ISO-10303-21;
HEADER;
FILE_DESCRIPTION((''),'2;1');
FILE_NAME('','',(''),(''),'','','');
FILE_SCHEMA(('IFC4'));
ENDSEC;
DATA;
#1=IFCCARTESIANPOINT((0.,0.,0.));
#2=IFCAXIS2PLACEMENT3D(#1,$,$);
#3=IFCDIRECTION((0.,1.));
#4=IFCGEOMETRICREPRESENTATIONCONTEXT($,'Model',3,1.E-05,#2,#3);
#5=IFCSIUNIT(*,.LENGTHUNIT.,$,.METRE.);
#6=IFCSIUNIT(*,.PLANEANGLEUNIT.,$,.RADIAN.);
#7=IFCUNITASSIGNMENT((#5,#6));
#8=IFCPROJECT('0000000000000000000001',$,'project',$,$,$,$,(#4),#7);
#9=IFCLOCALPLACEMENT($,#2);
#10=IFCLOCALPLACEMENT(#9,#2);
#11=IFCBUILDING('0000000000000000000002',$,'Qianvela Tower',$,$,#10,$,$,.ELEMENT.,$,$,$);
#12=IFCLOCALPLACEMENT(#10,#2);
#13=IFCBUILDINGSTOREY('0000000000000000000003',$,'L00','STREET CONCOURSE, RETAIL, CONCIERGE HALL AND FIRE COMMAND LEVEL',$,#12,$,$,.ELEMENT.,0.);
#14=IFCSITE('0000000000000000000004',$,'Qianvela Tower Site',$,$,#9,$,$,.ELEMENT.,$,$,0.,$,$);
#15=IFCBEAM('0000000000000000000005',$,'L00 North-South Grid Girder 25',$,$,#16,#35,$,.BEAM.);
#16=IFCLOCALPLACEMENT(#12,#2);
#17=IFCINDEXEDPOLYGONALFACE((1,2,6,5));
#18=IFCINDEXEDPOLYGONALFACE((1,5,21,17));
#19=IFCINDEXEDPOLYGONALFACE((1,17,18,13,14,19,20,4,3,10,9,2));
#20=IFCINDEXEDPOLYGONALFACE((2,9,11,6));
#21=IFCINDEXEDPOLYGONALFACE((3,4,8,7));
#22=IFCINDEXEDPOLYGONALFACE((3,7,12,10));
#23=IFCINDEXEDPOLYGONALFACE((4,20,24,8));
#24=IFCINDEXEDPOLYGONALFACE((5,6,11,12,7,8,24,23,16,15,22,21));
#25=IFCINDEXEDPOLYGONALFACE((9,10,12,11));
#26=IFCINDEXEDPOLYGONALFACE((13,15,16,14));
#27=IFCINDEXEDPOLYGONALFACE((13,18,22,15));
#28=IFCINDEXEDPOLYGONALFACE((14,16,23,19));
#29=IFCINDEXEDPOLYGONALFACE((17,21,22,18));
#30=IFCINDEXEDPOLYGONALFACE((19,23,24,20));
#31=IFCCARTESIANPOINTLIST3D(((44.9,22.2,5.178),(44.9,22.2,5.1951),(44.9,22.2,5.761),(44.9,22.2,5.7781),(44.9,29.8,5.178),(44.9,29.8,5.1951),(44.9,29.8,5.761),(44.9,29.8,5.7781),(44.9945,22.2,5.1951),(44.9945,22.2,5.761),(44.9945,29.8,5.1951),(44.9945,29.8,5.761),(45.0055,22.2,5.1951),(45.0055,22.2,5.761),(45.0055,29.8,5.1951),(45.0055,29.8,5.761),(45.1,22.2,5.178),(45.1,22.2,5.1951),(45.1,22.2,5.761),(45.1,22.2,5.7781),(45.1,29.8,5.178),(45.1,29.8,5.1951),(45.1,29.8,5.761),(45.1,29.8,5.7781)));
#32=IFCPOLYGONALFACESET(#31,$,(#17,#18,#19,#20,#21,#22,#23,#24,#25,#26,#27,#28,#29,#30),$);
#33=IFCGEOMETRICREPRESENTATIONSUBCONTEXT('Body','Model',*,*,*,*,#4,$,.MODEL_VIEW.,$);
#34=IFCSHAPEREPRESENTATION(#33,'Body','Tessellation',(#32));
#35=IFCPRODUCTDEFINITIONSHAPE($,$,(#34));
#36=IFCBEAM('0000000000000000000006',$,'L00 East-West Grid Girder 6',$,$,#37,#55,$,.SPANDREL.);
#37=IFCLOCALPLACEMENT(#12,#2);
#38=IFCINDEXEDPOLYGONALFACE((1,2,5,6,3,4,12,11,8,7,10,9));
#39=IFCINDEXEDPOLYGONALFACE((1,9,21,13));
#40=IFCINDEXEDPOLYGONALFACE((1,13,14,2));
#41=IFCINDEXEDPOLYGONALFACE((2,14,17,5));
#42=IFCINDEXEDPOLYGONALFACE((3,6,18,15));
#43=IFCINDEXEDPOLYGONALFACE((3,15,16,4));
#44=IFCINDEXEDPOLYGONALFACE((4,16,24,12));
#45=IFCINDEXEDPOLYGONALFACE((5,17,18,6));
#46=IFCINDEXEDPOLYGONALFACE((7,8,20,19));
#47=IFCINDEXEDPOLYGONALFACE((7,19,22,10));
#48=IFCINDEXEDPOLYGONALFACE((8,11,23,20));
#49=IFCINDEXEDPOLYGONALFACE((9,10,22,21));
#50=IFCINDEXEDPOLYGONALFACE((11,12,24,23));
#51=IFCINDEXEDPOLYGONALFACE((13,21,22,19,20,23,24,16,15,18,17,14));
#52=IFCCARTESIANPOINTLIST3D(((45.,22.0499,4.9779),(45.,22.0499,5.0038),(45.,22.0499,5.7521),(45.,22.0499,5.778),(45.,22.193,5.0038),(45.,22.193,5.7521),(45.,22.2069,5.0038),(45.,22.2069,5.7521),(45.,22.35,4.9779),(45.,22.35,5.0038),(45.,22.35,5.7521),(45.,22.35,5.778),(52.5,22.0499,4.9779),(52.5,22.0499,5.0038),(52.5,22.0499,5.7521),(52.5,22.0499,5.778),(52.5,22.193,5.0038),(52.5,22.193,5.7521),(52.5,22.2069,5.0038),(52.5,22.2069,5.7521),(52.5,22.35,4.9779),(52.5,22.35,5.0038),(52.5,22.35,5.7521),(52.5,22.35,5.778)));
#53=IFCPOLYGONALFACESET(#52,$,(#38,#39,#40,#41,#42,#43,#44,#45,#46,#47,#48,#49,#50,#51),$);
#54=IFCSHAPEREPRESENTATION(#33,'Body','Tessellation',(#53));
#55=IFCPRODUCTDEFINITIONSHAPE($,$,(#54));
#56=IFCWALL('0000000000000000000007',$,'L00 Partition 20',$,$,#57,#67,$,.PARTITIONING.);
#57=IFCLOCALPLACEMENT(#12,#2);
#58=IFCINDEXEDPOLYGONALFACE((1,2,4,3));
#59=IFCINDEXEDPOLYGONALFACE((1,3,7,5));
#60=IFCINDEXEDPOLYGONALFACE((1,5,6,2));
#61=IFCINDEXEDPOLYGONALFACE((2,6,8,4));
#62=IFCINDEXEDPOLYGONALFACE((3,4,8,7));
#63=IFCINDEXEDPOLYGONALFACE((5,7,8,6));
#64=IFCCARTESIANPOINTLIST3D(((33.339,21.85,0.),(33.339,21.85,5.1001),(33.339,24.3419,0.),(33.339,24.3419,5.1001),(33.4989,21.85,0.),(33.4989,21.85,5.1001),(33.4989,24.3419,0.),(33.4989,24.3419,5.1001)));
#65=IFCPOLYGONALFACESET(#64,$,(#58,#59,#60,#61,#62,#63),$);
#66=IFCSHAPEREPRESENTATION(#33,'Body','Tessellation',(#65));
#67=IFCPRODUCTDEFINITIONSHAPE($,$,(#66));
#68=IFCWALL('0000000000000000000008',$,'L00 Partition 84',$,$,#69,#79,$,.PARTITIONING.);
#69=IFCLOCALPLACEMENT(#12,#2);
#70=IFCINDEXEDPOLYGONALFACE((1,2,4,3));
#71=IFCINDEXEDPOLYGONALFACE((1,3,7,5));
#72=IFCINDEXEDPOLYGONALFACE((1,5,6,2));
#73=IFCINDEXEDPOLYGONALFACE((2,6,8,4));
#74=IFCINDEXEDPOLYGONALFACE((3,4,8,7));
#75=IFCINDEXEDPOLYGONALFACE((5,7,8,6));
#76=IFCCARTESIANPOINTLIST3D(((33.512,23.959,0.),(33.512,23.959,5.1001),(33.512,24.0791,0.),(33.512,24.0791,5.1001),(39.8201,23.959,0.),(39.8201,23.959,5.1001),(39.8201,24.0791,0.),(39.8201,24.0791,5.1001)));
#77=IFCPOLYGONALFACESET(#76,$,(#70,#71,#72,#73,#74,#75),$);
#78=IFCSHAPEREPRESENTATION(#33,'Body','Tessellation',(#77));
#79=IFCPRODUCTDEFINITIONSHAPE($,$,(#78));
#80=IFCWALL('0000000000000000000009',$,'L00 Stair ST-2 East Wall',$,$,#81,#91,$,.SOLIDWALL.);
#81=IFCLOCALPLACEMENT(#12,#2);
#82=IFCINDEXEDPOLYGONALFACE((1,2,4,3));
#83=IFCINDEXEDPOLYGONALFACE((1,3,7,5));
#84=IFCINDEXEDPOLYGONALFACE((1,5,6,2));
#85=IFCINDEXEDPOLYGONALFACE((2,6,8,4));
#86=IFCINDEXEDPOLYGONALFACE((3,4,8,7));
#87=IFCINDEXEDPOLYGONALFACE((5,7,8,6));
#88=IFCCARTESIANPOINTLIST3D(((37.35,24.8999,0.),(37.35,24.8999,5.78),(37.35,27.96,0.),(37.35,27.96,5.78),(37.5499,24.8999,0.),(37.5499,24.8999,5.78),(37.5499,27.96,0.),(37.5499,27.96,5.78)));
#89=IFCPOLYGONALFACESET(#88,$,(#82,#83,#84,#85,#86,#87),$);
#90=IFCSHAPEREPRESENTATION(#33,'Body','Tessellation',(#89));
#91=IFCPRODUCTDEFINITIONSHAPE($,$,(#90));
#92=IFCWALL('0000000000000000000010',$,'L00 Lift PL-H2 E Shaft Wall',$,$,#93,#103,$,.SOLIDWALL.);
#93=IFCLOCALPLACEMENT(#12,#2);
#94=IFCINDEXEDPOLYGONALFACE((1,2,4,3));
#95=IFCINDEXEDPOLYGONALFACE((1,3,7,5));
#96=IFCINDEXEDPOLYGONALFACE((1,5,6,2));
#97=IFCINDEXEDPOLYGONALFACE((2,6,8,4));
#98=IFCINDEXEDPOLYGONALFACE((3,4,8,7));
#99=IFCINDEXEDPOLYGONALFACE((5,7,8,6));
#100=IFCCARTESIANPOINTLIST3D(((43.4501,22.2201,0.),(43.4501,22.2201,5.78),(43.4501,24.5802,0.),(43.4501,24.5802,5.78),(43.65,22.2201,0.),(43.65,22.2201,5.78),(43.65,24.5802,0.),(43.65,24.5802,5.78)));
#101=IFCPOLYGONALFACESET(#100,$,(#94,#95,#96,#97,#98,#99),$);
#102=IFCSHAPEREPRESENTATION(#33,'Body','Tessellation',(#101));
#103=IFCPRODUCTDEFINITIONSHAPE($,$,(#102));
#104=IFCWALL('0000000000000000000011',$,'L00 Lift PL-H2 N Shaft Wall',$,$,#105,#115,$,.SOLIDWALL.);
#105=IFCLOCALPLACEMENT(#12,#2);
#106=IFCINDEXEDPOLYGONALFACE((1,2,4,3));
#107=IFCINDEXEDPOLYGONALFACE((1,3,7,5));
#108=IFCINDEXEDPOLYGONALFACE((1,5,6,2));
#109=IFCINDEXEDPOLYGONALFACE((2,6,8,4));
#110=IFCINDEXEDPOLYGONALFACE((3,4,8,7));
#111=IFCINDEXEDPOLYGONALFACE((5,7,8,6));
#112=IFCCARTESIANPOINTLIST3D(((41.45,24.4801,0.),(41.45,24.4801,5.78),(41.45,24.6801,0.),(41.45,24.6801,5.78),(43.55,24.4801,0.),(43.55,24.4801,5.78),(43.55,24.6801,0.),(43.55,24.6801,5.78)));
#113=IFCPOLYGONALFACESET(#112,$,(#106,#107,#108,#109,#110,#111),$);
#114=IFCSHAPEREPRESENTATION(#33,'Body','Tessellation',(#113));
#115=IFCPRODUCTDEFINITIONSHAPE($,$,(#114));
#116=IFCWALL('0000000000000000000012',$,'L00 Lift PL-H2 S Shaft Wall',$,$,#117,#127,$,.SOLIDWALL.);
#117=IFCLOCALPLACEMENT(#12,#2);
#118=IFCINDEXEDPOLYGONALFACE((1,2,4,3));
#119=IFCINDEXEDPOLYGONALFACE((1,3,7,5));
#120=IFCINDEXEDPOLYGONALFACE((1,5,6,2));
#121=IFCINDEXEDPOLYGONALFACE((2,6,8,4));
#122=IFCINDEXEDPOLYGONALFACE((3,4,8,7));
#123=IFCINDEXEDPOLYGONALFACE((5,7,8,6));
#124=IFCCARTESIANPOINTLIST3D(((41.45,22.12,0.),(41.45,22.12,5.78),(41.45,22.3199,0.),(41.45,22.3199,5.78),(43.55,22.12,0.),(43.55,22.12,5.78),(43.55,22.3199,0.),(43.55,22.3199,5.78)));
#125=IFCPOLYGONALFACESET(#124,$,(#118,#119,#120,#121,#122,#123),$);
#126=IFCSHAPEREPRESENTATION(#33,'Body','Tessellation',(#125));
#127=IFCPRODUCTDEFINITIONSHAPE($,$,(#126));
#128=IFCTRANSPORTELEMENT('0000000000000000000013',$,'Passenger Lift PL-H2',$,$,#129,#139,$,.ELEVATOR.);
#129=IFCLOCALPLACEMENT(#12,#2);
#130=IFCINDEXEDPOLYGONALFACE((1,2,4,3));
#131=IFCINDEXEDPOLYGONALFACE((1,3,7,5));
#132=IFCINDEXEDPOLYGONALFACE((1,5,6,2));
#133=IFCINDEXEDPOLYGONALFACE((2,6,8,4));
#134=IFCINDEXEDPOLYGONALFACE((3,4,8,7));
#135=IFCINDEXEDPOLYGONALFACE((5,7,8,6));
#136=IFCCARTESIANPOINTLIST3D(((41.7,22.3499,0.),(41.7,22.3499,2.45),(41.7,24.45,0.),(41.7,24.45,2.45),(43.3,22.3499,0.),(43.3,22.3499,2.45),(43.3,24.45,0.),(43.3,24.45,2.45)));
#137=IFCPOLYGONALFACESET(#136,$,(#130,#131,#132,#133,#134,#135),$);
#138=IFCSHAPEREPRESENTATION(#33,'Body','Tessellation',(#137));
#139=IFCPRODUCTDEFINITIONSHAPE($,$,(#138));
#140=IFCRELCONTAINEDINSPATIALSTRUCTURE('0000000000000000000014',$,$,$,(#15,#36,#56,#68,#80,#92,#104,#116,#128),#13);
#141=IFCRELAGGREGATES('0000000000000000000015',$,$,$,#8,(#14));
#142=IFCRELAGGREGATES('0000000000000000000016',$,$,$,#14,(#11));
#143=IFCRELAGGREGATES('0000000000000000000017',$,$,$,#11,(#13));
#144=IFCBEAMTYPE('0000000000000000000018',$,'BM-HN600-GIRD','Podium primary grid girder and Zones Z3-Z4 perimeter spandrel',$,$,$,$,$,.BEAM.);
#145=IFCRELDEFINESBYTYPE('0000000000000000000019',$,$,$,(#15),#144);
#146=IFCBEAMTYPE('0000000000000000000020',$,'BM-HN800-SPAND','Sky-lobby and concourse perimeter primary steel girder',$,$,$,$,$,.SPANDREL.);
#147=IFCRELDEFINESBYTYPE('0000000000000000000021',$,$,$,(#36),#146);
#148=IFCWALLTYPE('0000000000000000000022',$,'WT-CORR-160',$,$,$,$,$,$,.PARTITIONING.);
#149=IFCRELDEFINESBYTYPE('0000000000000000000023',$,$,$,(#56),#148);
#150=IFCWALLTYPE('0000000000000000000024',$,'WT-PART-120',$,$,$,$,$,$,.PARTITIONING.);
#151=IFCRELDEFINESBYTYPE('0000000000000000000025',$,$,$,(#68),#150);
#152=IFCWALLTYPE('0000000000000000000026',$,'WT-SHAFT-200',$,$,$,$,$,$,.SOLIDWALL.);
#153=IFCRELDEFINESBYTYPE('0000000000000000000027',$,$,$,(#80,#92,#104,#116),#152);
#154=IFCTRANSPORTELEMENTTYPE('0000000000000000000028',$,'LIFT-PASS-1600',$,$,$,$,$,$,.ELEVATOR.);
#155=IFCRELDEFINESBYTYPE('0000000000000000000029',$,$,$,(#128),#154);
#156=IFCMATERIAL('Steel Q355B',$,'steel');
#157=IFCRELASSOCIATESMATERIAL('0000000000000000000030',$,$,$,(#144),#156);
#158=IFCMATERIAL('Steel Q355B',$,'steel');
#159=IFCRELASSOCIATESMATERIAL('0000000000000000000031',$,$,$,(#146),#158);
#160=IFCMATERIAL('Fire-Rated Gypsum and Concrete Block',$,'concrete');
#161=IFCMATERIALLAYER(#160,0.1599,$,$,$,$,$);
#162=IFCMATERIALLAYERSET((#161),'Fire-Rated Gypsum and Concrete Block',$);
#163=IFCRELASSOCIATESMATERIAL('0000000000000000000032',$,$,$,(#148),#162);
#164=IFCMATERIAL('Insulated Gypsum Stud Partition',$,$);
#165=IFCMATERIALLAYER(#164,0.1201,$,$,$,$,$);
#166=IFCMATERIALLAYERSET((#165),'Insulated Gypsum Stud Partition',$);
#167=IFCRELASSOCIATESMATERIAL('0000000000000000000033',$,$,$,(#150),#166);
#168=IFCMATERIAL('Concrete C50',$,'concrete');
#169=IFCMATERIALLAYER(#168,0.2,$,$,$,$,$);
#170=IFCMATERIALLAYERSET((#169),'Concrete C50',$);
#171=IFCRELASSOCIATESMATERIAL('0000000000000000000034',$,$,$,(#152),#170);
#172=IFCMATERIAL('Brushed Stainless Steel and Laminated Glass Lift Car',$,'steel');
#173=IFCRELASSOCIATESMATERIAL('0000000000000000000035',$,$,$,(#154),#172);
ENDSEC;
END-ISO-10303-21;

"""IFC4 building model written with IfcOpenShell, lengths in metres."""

from ifc_helpers import new_model, si_unit, direction, frame, frame_2d, origin, origin_2d, place, context, subcontext, project, spatial, rectangle, i_section, extrude, material, layer, layer_set, material_profile, profile_set, type_object, element, save


model = new_model("IFC4")

# Units and contexts
model_context = context("Model", 3, precision=1e-05, world=origin(), true_north=direction((0.0, 1.0)))
body_context = subcontext(model_context, "Body", "Model", "MODEL_VIEW")
ifc_project = project(units=[si_unit("LENGTHUNIT", "METRE"), si_unit("PLANEANGLEUNIT", "RADIAN")], contexts=[model_context])

# Site, building, storey
site_placement = place(None, origin())
site = spatial("IfcSite", under=ifc_project, at=site_placement, Name="Qianvela Tower Site", CompositionType="ELEMENT", RefElevation=0.0)
building_placement = place(site_placement, origin())
building = spatial("IfcBuilding", under=site, at=building_placement, Name="Qianvela Tower", CompositionType="ELEMENT")
storey_placement = place(building_placement, origin())
storey = spatial("IfcBuildingStorey", under=building, at=storey_placement, Name="L00", Description="STREET CONCOURSE, RETAIL, CONCIERGE HALL AND FIRE COMMAND LEVEL", CompositionType="ELEMENT", Elevation=0.0)

# Beams
ifc_material_1 = material(Name="Steel Q355B", Category="steel")
ifc_material_profile_1 = material_profile(ifc_material_1, i_section(OverallWidth=0.2, OverallDepth=0.6001, WebThickness=0.011, FlangeThickness=0.0171, at=origin_2d()), Name="HN600x200x11x17")
ifc_profile_set_1 = profile_set([ifc_material_profile_1], Name="Steel Q355B")
beam_type_1 = type_object("IfcBeamType", Name="BM-HN600-GIRD", Description="Podium primary grid girder and Zones Z3-Z4 perimeter spandrel", PredefinedType="BEAM", material=ifc_profile_set_1)
beam_1_placement = place(storey_placement, frame((45.0, 22.2, 5.478), z_axis=(0.0, 1.0, 0.0), x_axis=(-1.0, 0.0, 0.0)))
element("IfcBeam", 1, at=beam_1_placement, inside=storey, type_object=beam_type_1, Name="L00 North-South Grid Girder 25", PredefinedType="BEAM", context=body_context, shape_type="SweptSolid", body=[
    extrude(i_section(OverallWidth=0.2, OverallDepth=0.6001, WebThickness=0.011, FlangeThickness=0.0171, at=origin_2d()), origin(), (0.0, 0.0, 1.0), 7.6001),
])
ifc_material_2 = material(Name="Steel Q355B", Category="steel")
ifc_material_profile_2 = material_profile(ifc_material_2, i_section(OverallWidth=0.3, OverallDepth=0.8, WebThickness=0.0139, FlangeThickness=0.0259, at=origin_2d()), Name="HN800x300x14x26")
ifc_profile_set_2 = profile_set([ifc_material_profile_2], Name="Steel Q355B")
beam_type_2 = type_object("IfcBeamType", Name="BM-HN800-SPAND", Description="Sky-lobby and concourse perimeter primary steel girder", PredefinedType="SPANDREL", material=ifc_profile_set_2)
beam_2_placement = place(storey_placement, frame((45.0, 22.2, 5.3779), z_axis=(1.0, 0.0, 0.0), x_axis=(0.0, 1.0, 0.0)))
element("IfcBeam", 2, at=beam_2_placement, inside=storey, type_object=beam_type_2, Name="L00 East-West Grid Girder 6", PredefinedType="SPANDREL", context=body_context, shape_type="SweptSolid", body=[
    extrude(i_section(OverallWidth=0.3, OverallDepth=0.8, WebThickness=0.0139, FlangeThickness=0.0259, at=origin_2d()), origin(), (0.0, 0.0, 1.0), 7.5),
])

# Wall
ifc_material_3 = material(Name="Fire-Rated Gypsum and Concrete Block", Category="concrete")
ifc_layer_1 = layer(ifc_material_3, 0.1599)
ifc_layer_set_1 = layer_set([ifc_layer_1], Name="Fire-Rated Gypsum and Concrete Block")
wall_type_1 = type_object("IfcWallType", Name="WT-CORR-160", PredefinedType="PARTITIONING", material=ifc_layer_set_1)
wall_1_placement = place(storey_placement, frame((33.4189, 24.342, 0.0), z_axis=(0.0, 0.0, 1.0), x_axis=(0.0, -1.0, 0.0)))
element("IfcWall", 3, at=wall_1_placement, inside=storey, type_object=wall_type_1, Name="L00 Partition 20", PredefinedType="PARTITIONING", context=body_context, shape_type="SweptSolid", body=[
    extrude(rectangle(XDim=2.4919, YDim=0.1599, at=frame_2d((1.2461, 0.0))), origin(), (0.0, 0.0, 1.0), 5.1001),
])

# Walls
ifc_material_4 = material(Name="Insulated Gypsum Stud Partition")
ifc_layer_2 = layer(ifc_material_4, 0.1201)
ifc_layer_set_2 = layer_set([ifc_layer_2], Name="Insulated Gypsum Stud Partition")
wall_type_2 = type_object("IfcWallType", Name="WT-PART-120", PredefinedType="PARTITIONING", material=ifc_layer_set_2)
wall_2_placement = place(storey_placement, frame((33.512, 24.019, 0.0), z_axis=(0.0, 0.0, 1.0), x_axis=(1.0, 0.0, 0.0)))
element("IfcWall", 4, at=wall_2_placement, inside=storey, type_object=wall_type_2, Name="L00 Partition 84", PredefinedType="PARTITIONING", context=body_context, shape_type="SweptSolid", body=[
    extrude(rectangle(XDim=6.3081, YDim=0.1201, at=frame_2d((3.1541, 0.0))), origin(), (0.0, 0.0, 1.0), 5.1001),
])
ifc_material_5 = material(Name="Concrete C50", Category="concrete")
ifc_layer_3 = layer(ifc_material_5, 0.2)
ifc_layer_set_3 = layer_set([ifc_layer_3], Name="Concrete C50")
wall_type_3 = type_object("IfcWallType", Name="WT-SHAFT-200", PredefinedType="SOLIDWALL", material=ifc_layer_set_3)
wall_3_placement = place(storey_placement, frame((37.45, 24.8999, 0.0), z_axis=(0.0, 0.0, 1.0), x_axis=(0.0, 1.0, 0.0)))
element("IfcWall", 5, at=wall_3_placement, inside=storey, type_object=wall_type_3, Name="L00 Stair ST-2 East Wall", PredefinedType="SOLIDWALL", context=body_context, shape_type="SweptSolid", body=[
    extrude(rectangle(XDim=3.0601, YDim=0.2, at=frame_2d((1.53, 0.0))), origin(), (0.0, 0.0, 1.0), 5.78),
])
wall_4_placement = place(storey_placement, frame((43.55, 22.22, 0.0), z_axis=(0.0, 0.0, 1.0), x_axis=(0.0, 1.0, 0.0)))
element("IfcWall", 6, at=wall_4_placement, inside=storey, type_object=wall_type_3, Name="L00 Lift PL-H2 E Shaft Wall", PredefinedType="SOLIDWALL", context=body_context, shape_type="SweptSolid", body=[
    extrude(rectangle(XDim=2.3601, YDim=0.2, at=frame_2d((1.1802, 0.0))), origin(), (0.0, 0.0, 1.0), 5.78),
])

# Walls
for number, where, z_axis, x_axis, name in (
    (7, (41.45, 24.5801, 0.0), (0.0, 0.0, 1.0), (1.0, 0.0, 0.0), "L00 Lift PL-H2 N Shaft Wall"),
    (8, (41.45, 22.22, 0.0), (0.0, 0.0, 1.0), (1.0, 0.0, 0.0), "L00 Lift PL-H2 S Shaft Wall"),
):
    element("IfcWall", number, at=place(storey_placement, frame(where, z_axis=z_axis, x_axis=x_axis)), inside=storey, type_object=wall_type_3, Name=name, PredefinedType="SOLIDWALL", context=body_context, shape_type="SweptSolid", body=[
        extrude(rectangle(XDim=2.1001, YDim=0.2, at=frame_2d((1.05, 0.0))), origin(), (0.0, 0.0, 1.0), 5.78),
    ])

# Transport element
ifc_material_6 = material(Name="Brushed Stainless Steel and Laminated Glass Lift Car", Category="steel")
transport_element_type = type_object("IfcTransportElementType", Name="LIFT-PASS-1600", PredefinedType="ELEVATOR", material=ifc_material_6)
transport_element_placement = place(storey_placement, frame((42.5, 23.3999, 0.0), z_axis=(0.0, 0.0, 1.0), x_axis=(1.0, 0.0, 0.0)))
element("IfcTransportElement", 9, at=transport_element_placement, inside=storey, type_object=transport_element_type, Name="Passenger Lift PL-H2", PredefinedType="ELEVATOR", context=body_context, shape_type="SweptSolid", body=[
    extrude(rectangle(XDim=1.6001, YDim=2.1001, at=origin_2d()), origin(), (0.0, 0.0, 1.0), 2.45),
])

save(model, "model.ifc")
